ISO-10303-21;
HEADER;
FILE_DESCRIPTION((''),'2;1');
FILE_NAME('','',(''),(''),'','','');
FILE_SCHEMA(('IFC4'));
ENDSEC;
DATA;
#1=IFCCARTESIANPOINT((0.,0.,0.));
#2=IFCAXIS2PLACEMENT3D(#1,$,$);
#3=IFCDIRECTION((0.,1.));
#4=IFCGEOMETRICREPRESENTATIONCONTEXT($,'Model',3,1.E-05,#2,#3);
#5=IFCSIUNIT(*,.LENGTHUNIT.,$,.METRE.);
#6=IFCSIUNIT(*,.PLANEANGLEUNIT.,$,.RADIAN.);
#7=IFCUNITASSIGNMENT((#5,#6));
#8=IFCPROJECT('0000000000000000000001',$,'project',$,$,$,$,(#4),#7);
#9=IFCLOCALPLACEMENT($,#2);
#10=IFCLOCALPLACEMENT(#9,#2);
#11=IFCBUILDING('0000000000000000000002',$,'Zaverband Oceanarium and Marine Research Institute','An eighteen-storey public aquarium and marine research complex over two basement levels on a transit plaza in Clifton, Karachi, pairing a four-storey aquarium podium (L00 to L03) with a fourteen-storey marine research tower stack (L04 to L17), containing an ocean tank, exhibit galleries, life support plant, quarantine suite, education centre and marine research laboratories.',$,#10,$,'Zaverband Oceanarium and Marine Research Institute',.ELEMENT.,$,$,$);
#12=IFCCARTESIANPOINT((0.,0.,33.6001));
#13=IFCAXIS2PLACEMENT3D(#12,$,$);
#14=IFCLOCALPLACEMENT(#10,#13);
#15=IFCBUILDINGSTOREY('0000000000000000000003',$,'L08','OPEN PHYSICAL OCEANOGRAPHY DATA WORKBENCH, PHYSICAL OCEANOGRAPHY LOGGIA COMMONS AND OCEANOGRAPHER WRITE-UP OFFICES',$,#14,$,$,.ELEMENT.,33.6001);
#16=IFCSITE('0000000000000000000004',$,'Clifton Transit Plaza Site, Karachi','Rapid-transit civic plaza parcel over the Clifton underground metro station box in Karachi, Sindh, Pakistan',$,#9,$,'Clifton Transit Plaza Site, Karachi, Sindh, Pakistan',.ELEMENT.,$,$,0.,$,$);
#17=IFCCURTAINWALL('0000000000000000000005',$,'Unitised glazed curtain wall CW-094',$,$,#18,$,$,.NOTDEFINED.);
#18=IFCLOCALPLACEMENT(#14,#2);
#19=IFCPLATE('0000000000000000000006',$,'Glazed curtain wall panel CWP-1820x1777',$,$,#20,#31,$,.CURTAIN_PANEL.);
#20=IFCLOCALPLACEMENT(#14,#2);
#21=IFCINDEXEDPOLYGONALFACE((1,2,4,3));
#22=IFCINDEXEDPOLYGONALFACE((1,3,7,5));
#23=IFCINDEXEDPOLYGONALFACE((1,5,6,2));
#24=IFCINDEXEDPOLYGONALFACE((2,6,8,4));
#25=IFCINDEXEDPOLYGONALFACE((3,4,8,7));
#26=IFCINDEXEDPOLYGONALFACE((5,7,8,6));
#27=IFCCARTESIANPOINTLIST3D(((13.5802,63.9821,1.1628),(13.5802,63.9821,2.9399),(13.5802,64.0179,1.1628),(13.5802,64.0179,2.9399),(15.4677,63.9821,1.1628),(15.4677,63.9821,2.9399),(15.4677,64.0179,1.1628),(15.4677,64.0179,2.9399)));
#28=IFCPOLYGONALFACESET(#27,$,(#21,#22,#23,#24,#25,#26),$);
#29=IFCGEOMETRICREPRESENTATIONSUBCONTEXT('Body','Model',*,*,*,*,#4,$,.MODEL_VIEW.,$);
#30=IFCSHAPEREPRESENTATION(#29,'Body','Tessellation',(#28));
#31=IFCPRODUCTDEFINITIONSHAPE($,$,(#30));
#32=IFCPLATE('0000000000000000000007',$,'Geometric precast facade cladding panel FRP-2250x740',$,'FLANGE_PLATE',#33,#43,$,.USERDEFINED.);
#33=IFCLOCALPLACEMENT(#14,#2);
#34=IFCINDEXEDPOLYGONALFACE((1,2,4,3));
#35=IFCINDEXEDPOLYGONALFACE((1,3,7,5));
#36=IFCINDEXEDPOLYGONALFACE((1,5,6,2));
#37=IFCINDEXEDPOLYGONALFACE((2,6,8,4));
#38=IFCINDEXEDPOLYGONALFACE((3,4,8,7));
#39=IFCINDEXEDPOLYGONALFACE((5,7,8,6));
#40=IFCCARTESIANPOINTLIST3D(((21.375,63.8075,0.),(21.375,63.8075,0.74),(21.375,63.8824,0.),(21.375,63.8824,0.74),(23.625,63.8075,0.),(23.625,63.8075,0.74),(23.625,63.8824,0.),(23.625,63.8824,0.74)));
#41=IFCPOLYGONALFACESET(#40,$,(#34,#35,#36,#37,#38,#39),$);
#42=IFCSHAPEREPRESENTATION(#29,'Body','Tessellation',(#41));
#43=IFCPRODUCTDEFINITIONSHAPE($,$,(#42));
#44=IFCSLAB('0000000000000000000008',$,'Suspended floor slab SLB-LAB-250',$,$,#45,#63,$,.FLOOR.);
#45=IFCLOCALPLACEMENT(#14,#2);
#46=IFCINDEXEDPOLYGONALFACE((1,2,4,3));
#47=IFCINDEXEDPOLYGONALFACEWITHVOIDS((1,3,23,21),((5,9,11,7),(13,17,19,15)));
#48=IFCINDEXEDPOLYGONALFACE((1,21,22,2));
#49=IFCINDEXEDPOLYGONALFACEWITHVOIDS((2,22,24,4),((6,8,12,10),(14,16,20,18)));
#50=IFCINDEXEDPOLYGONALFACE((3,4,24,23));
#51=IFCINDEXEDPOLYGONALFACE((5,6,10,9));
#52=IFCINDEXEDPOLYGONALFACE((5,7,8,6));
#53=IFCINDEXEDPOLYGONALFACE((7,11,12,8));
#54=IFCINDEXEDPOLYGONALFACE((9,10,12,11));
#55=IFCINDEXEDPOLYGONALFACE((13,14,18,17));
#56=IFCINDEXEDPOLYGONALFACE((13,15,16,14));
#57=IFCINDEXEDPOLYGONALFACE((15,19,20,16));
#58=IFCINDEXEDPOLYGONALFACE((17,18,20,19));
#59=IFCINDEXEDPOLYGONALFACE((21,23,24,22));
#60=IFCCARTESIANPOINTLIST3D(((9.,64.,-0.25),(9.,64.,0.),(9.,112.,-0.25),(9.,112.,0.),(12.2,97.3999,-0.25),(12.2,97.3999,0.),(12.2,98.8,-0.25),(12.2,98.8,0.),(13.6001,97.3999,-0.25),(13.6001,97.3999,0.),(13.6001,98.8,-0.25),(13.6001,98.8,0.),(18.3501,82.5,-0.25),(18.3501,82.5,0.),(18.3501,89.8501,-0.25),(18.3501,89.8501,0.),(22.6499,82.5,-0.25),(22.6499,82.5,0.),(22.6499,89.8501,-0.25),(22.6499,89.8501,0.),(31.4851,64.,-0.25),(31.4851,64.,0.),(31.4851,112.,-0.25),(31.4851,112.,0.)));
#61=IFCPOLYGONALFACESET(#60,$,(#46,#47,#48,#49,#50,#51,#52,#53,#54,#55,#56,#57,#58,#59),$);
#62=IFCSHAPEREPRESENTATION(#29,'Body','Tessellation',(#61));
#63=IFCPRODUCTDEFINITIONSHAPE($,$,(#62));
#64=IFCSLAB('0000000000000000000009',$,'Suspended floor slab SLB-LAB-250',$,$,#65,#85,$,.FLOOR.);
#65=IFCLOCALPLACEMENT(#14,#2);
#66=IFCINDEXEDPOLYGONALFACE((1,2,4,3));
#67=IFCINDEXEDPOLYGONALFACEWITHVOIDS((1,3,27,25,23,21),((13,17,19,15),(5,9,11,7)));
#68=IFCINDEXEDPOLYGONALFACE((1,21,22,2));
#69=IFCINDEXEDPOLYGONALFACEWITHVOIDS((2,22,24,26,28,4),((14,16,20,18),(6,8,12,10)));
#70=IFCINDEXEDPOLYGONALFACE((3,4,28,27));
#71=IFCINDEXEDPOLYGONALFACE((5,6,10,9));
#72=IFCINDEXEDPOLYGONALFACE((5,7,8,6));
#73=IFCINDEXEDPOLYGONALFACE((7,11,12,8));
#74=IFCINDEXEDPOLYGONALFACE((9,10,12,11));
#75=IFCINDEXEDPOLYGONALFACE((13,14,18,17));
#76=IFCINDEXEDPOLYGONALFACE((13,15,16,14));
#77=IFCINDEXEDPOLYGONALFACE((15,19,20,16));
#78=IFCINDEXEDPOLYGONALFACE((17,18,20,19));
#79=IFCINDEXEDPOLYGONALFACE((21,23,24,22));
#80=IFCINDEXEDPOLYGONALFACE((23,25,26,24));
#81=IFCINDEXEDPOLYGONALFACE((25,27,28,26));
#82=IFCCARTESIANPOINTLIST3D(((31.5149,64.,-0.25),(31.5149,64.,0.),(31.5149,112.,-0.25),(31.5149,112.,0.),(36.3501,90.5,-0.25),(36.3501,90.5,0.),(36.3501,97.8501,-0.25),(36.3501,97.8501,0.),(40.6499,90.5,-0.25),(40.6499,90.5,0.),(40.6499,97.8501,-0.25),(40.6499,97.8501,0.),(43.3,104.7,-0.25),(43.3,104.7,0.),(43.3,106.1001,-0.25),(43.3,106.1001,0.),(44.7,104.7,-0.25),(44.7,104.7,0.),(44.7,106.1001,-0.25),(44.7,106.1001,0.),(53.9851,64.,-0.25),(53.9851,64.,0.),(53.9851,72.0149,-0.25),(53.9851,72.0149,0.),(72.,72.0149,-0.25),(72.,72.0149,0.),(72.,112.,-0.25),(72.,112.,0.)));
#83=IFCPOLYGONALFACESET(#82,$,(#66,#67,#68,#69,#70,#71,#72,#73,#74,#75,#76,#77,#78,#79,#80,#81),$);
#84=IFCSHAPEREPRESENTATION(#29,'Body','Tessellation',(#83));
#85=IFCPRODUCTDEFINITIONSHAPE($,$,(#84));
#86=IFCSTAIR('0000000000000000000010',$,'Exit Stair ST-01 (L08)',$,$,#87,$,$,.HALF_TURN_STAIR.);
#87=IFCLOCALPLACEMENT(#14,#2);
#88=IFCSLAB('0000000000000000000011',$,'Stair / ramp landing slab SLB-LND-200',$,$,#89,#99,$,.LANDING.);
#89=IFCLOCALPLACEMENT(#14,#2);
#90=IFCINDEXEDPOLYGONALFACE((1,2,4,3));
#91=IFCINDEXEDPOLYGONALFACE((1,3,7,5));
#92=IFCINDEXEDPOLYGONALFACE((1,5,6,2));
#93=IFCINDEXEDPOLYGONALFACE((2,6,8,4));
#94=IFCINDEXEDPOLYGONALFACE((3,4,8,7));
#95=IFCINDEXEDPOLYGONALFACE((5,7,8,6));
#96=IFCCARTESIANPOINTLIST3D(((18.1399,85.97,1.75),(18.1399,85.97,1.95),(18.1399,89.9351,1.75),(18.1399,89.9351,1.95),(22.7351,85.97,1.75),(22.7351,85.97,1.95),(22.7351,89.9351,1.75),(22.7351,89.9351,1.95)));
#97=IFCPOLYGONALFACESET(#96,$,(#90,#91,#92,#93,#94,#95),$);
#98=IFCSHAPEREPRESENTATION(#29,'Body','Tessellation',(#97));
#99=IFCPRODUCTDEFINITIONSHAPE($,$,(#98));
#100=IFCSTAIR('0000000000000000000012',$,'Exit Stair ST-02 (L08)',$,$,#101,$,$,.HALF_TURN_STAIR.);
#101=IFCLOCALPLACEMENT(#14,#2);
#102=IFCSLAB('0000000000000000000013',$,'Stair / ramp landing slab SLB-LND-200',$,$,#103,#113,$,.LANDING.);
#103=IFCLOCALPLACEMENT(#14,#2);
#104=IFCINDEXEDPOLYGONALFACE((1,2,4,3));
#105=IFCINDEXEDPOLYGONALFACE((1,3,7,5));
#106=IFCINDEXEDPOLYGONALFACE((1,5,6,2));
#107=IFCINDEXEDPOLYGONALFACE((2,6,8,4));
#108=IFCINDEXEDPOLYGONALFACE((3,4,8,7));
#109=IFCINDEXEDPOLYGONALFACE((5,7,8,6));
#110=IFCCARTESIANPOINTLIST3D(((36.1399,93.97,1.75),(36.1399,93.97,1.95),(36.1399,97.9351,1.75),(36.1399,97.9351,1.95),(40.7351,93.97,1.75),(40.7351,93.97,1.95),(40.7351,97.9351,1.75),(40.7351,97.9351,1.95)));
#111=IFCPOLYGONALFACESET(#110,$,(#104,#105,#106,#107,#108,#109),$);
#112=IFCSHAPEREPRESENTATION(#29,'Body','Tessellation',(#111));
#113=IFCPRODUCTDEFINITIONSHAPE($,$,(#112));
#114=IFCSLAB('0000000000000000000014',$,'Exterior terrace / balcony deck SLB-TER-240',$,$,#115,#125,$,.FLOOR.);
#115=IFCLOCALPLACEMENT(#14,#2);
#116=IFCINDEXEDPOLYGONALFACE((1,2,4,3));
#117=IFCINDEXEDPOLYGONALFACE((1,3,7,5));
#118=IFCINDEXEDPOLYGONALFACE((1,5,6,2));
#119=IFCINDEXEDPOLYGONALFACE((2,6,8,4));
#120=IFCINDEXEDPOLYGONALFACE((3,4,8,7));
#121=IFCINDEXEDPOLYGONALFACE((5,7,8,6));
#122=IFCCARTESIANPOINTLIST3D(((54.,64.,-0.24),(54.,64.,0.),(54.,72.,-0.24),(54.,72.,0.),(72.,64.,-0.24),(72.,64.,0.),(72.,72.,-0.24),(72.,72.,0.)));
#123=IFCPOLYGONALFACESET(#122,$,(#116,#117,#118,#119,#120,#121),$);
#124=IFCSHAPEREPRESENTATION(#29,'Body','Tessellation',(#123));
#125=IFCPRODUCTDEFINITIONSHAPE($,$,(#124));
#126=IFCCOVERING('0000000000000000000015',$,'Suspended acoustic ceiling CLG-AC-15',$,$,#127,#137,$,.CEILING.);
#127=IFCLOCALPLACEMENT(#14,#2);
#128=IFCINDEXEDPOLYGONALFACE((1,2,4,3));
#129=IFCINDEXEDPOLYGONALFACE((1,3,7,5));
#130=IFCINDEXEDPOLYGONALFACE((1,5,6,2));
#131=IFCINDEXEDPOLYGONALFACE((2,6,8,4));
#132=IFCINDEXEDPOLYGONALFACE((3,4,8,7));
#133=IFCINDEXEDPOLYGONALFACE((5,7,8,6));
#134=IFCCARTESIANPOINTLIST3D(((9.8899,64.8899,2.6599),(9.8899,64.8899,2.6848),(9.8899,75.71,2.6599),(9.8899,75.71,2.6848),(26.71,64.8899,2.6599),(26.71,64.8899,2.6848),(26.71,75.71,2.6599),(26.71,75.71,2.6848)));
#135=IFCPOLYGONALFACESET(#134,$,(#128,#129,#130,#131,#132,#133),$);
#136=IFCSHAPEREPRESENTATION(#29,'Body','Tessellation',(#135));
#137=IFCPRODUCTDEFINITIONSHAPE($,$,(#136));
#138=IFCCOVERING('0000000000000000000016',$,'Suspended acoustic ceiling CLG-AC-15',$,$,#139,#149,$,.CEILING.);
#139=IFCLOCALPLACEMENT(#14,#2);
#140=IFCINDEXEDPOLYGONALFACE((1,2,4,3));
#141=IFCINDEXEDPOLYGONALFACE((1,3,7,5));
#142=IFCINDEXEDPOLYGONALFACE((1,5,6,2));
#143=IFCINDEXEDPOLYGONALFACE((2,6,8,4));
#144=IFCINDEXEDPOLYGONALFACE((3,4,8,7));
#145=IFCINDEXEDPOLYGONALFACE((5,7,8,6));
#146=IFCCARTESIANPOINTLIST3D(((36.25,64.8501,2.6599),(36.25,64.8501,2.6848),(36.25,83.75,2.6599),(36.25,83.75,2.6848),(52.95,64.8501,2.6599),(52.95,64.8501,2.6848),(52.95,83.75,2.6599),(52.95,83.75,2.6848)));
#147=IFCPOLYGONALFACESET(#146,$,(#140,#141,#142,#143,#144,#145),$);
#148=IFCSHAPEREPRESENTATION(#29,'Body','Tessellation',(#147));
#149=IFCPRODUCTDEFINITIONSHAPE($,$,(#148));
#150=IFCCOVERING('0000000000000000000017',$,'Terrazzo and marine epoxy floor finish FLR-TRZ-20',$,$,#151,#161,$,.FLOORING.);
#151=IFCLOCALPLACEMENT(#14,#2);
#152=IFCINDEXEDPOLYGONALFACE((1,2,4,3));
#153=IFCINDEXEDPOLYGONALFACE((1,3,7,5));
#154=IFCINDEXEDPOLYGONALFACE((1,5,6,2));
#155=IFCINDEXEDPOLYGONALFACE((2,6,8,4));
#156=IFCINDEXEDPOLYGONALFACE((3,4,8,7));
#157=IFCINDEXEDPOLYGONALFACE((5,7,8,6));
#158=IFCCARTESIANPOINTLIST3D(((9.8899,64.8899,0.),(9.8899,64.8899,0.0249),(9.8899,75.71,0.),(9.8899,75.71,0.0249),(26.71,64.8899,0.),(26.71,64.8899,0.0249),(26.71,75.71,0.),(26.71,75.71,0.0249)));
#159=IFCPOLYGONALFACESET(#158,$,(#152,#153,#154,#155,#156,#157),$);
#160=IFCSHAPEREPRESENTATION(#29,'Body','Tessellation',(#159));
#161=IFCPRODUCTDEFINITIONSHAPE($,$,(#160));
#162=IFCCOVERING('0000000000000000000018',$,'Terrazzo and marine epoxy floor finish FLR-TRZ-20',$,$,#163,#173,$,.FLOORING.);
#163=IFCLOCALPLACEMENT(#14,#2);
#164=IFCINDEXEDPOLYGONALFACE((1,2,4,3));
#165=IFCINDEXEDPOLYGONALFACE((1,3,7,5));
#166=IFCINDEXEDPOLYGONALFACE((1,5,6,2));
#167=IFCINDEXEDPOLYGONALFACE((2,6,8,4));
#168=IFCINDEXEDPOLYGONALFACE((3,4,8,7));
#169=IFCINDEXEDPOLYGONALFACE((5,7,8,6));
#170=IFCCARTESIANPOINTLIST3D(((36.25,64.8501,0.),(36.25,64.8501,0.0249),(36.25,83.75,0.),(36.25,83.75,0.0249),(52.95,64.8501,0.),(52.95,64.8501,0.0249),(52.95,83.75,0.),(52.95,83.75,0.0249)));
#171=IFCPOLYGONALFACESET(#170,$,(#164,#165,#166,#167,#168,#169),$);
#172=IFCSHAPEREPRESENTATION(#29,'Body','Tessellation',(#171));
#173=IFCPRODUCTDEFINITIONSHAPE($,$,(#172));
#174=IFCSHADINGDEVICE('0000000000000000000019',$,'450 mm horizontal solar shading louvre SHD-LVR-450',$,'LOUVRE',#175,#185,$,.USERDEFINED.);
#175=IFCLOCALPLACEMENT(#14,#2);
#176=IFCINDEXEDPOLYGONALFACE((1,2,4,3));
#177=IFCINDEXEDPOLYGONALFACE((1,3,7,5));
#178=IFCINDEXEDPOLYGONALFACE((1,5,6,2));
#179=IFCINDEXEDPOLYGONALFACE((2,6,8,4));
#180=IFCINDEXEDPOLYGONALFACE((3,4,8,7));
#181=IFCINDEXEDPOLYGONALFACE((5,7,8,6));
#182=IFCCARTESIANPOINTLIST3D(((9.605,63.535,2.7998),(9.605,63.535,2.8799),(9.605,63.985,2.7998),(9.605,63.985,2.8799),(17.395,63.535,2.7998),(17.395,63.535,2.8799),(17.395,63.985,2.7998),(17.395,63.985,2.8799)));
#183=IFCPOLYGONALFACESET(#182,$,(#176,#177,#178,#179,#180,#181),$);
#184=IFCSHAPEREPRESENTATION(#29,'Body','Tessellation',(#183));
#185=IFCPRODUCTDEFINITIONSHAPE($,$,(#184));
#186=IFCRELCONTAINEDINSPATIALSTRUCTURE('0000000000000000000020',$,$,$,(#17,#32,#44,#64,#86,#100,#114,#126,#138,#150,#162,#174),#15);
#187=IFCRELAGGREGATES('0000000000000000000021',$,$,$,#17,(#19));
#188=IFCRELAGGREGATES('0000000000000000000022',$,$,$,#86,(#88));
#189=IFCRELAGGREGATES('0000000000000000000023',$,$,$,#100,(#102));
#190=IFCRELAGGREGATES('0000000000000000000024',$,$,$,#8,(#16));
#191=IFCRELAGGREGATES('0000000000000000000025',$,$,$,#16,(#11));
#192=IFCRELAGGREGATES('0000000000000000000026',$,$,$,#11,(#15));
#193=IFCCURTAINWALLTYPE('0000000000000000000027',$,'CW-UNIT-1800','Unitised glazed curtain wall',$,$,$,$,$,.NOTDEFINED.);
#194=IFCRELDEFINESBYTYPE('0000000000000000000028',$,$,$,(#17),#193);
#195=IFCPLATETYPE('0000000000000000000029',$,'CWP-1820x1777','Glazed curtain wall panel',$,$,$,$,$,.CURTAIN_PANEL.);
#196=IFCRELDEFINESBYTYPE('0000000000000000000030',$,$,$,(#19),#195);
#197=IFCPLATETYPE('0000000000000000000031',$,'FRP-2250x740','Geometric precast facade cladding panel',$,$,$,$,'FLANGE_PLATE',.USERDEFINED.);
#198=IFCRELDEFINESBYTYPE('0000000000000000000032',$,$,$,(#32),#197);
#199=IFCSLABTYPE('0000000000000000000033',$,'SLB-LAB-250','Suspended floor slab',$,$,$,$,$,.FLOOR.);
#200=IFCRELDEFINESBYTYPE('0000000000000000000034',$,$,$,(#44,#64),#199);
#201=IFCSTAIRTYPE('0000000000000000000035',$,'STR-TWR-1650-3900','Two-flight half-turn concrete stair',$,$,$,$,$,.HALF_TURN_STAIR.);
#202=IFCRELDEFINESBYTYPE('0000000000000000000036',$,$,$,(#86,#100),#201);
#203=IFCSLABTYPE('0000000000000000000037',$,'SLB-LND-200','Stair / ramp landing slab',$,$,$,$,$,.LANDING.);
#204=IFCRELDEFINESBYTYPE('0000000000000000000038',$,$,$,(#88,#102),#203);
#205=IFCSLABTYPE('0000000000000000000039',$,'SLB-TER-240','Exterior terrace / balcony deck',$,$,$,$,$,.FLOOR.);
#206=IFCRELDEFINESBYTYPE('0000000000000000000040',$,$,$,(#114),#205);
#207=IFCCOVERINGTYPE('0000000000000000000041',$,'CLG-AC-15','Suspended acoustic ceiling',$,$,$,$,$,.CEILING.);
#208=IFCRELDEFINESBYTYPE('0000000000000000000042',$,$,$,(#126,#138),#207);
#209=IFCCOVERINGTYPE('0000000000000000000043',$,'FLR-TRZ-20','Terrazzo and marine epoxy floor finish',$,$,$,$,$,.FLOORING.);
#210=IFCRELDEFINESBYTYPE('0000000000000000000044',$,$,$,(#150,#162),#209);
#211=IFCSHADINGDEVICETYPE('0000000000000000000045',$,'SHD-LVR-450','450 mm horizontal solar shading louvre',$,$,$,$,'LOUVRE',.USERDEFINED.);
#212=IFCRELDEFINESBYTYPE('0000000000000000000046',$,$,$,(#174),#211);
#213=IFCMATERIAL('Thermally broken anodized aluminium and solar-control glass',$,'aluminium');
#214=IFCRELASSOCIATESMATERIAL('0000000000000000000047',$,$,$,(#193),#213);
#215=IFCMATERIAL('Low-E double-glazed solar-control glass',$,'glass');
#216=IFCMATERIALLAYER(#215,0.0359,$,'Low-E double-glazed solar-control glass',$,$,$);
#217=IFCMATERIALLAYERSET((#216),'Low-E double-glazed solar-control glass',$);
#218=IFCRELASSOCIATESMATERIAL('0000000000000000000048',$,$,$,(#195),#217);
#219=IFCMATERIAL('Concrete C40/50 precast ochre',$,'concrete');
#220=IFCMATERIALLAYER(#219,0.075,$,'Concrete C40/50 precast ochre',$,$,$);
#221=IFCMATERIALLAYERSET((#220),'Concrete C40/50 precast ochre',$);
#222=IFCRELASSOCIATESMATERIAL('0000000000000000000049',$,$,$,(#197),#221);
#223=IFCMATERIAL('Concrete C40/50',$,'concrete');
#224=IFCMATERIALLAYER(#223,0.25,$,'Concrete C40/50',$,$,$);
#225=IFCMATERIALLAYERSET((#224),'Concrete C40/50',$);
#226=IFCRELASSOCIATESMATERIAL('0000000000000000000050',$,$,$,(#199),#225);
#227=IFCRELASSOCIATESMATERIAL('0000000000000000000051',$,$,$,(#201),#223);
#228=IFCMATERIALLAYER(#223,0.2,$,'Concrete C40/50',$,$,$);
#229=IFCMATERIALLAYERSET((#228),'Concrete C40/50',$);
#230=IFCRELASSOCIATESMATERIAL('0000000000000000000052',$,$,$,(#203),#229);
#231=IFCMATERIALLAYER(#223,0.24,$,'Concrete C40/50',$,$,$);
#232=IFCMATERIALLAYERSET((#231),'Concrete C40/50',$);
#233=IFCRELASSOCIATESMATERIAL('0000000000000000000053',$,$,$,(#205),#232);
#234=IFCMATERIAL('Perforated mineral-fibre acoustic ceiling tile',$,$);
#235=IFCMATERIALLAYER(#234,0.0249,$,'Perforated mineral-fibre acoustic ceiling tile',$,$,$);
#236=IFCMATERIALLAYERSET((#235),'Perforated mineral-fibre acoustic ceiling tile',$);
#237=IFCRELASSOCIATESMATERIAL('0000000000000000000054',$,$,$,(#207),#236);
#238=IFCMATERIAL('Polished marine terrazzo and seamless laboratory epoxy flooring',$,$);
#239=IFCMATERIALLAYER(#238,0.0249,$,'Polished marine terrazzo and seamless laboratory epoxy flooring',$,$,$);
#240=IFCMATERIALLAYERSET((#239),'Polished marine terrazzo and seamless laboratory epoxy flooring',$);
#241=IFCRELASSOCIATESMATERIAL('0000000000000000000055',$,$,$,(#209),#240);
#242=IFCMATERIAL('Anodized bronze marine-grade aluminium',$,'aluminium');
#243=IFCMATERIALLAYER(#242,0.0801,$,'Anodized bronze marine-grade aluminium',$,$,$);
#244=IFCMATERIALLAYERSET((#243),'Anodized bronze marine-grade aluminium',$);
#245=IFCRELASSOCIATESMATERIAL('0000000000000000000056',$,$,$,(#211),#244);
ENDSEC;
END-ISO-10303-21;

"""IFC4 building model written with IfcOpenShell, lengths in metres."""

from ifc_helpers import new_model, si_unit, direction, frame, frame_2d, origin, place, context, subcontext, project, spatial, polyline, rectangle, outline, extrude, material, layer, layer_set, type_object, element, aggregate, save


model = new_model("IFC4")

# Units and contexts
model_context = context("Model", 3, precision=1e-05, world=origin(), true_north=direction((0.0, 1.0)))
body_context = subcontext(model_context, "Body", "Model", "MODEL_VIEW")
ifc_project = project(units=[si_unit("LENGTHUNIT", "METRE"), si_unit("PLANEANGLEUNIT", "RADIAN")], contexts=[model_context])

# Site, building, storey
site_placement = place(None, origin())
site = spatial("IfcSite", under=ifc_project, at=site_placement, Name="Clifton Transit Plaza Site, Karachi", Description="Rapid-transit civic plaza parcel over the Clifton underground metro station box in Karachi, Sindh, Pakistan", LongName="Clifton Transit Plaza Site, Karachi, Sindh, Pakistan", CompositionType="ELEMENT", RefElevation=0.0)
building_placement = place(site_placement, origin())
building = spatial("IfcBuilding", under=site, at=building_placement, Name="Zaverband Oceanarium and Marine Research Institute", Description="An eighteen-storey public aquarium and marine research complex over two basement levels on a transit plaza in Clifton, Karachi, pairing a four-storey aquarium podium (L00 to L03) with a fourteen-storey marine research tower stack (L04 to L17), containing an ocean tank, exhibit galleries, life support plant, quarantine suite, education centre and marine research laboratories.", LongName="Zaverband Oceanarium and Marine Research Institute", CompositionType="ELEMENT")
storey_placement = place(building_placement, frame((0.0, 0.0, 33.6001)))
storey = spatial("IfcBuildingStorey", under=building, at=storey_placement, Name="L08", Description="OPEN PHYSICAL OCEANOGRAPHY DATA WORKBENCH, PHYSICAL OCEANOGRAPHY LOGGIA COMMONS AND OCEANOGRAPHER WRITE-UP OFFICES", CompositionType="ELEMENT", Elevation=33.6001)

# Curtain wall
ifc_material_1 = material(Name="Thermally broken anodized aluminium and solar-control glass", Category="aluminium")
curtain_wall_type = type_object("IfcCurtainWallType", Name="CW-UNIT-1800", Description="Unitised glazed curtain wall", PredefinedType="NOTDEFINED", material=ifc_material_1)
curtain_wall_placement = place(storey_placement, origin())
curtain_wall = element("IfcCurtainWall", 1, at=curtain_wall_placement, inside=storey, type_object=curtain_wall_type, Name="Unitised glazed curtain wall CW-094", PredefinedType="NOTDEFINED")

# Shared definitions
ifc_material_2 = material(Name="Concrete C40/50", Category="concrete")

# Plates
ifc_material_3 = material(Name="Low-E double-glazed solar-control glass", Category="glass")
ifc_layer_1 = layer(ifc_material_3, 0.0359, Name="Low-E double-glazed solar-control glass")
ifc_layer_set_1 = layer_set([ifc_layer_1], Name="Low-E double-glazed solar-control glass")
plate_type_1 = type_object("IfcPlateType", Name="CWP-1820x1777", Description="Glazed curtain wall panel", PredefinedType="CURTAIN_PANEL", material=ifc_layer_set_1)
plate_1_placement = place(storey_placement, frame((13.5801, 64.0, 1.1628), z_axis=(0.0, 0.0, 1.0), x_axis=(1.0, 0.0, 0.0)))
plate_1 = element("IfcPlate", 2, at=plate_1_placement, type_object=plate_type_1, Name="Glazed curtain wall panel CWP-1820x1777", PredefinedType="CURTAIN_PANEL", context=body_context, shape_type="SweptSolid", body=[
    extrude(rectangle(XDim=1.8875, YDim=0.0359, at=frame_2d((0.9438, 0.0))), origin(), (0.0, 0.0, 1.0), 1.7771),
])
aggregate(curtain_wall, [plate_1])
ifc_material_4 = material(Name="Concrete C40/50 precast ochre", Category="concrete")
ifc_layer_2 = layer(ifc_material_4, 0.075, Name="Concrete C40/50 precast ochre")
ifc_layer_set_2 = layer_set([ifc_layer_2], Name="Concrete C40/50 precast ochre")
plate_type_2 = type_object("IfcPlateType", Name="FRP-2250x740", Description="Geometric precast facade cladding panel", ElementType="FLANGE_PLATE", PredefinedType="USERDEFINED", material=ifc_layer_set_2)
plate_2_placement = place(storey_placement, frame((21.375, 63.845, 0.0), z_axis=(0.0, 0.0, 1.0), x_axis=(1.0, 0.0, 0.0)))
element("IfcPlate", 3, at=plate_2_placement, inside=storey, type_object=plate_type_2, Name="Geometric precast facade cladding panel FRP-2250x740", ObjectType="FLANGE_PLATE", PredefinedType="USERDEFINED", context=body_context, shape_type="SweptSolid", body=[
    extrude(rectangle(XDim=2.25, YDim=0.075, at=frame_2d((1.125, 0.0))), origin(), (0.0, 0.0, 1.0), 0.74),
])

# Slabs
ifc_layer_3 = layer(ifc_material_2, 0.25, Name="Concrete C40/50")
ifc_layer_set_3 = layer_set([ifc_layer_3], Name="Concrete C40/50")
slab_type_1 = type_object("IfcSlabType", Name="SLB-LAB-250", Description="Suspended floor slab", PredefinedType="FLOOR", material=ifc_layer_set_3)
slab_1_placement = place(storey_placement, frame((0.0, 0.0, -0.25)))
element("IfcSlab", 4, at=slab_1_placement, inside=storey, type_object=slab_type_1, Name="Suspended floor slab SLB-LAB-250", PredefinedType="FLOOR", context=body_context, shape_type="SweptSolid", body=[
    extrude(outline(polyline([(9.0, 112.0), (31.4851, 112.0), (31.4851, 64.0), (9.0, 64.0), (9.0, 112.0)]), holes=[polyline([(18.3501, 89.8501), (18.3501, 82.5), (22.6499, 82.5), (22.6499, 89.8501), (18.3501, 89.8501)]), polyline([(13.6001, 98.8), (12.2, 98.8), (12.2, 97.3999), (13.6001, 97.3999), (13.6001, 98.8)])]), origin(), (0.0, 0.0, 1.0), 0.25),
])
slab_2_placement = place(storey_placement, frame((0.0, 0.0, -0.25)))
element("IfcSlab", 5, at=slab_2_placement, inside=storey, type_object=slab_type_1, Name="Suspended floor slab SLB-LAB-250", PredefinedType="FLOOR", context=body_context, shape_type="SweptSolid", body=[
    extrude(outline(polyline([(31.5149, 64.0), (31.5149, 112.0), (72.0, 112.0), (72.0, 72.0149), (53.9851, 72.0149), (53.9851, 64.0), (31.5149, 64.0)]), holes=[polyline([(36.3501, 97.8501), (36.3501, 90.5), (40.6499, 90.5), (40.6499, 97.8501), (36.3501, 97.8501)]), polyline([(44.7, 106.1001), (43.3, 106.1001), (43.3, 104.7), (44.7, 104.7), (44.7, 106.1001)])]), origin(), (0.0, 0.0, 1.0), 0.25),
])

# Stairs, slabs
stair_type = type_object("IfcStairType", Name="STR-TWR-1650-3900", Description="Two-flight half-turn concrete stair", PredefinedType="HALF_TURN_STAIR", material=ifc_material_2)
stair_1_placement = place(storey_placement, origin())
stair_1 = element("IfcStair", 6, at=stair_1_placement, inside=storey, type_object=stair_type, Name="Exit Stair ST-01 (L08)", PredefinedType="HALF_TURN_STAIR")
ifc_layer_4 = layer(ifc_material_2, 0.2, Name="Concrete C40/50")
ifc_layer_set_4 = layer_set([ifc_layer_4], Name="Concrete C40/50")
slab_type_2 = type_object("IfcSlabType", Name="SLB-LND-200", Description="Stair / ramp landing slab", PredefinedType="LANDING", material=ifc_layer_set_4)
slab_3_placement = place(storey_placement, frame((0.0, 0.0, 1.75)))
slab_3 = element("IfcSlab", 7, at=slab_3_placement, type_object=slab_type_2, Name="Stair / ramp landing slab SLB-LND-200", PredefinedType="LANDING", context=body_context, shape_type="SweptSolid", body=[
    extrude(outline(polyline([(18.1399, 85.97), (22.7351, 85.97), (22.7351, 89.9351), (18.1399, 89.9351), (18.1399, 85.97)])), origin(), (0.0, 0.0, 1.0), 0.2),
])
aggregate(stair_1, [slab_3])
stair_2_placement = place(storey_placement, origin())
stair_2 = element("IfcStair", 8, at=stair_2_placement, inside=storey, type_object=stair_type, Name="Exit Stair ST-02 (L08)", PredefinedType="HALF_TURN_STAIR")
slab_4_placement = place(storey_placement, frame((0.0, 0.0, 1.75)))
slab_4 = element("IfcSlab", 9, at=slab_4_placement, type_object=slab_type_2, Name="Stair / ramp landing slab SLB-LND-200", PredefinedType="LANDING", context=body_context, shape_type="SweptSolid", body=[
    extrude(outline(polyline([(36.1399, 93.97), (40.7351, 93.97), (40.7351, 97.9351), (36.1399, 97.9351), (36.1399, 93.97)])), origin(), (0.0, 0.0, 1.0), 0.2),
])
aggregate(stair_2, [slab_4])

# Slab
ifc_layer_5 = layer(ifc_material_2, 0.24, Name="Concrete C40/50")
ifc_layer_set_5 = layer_set([ifc_layer_5], Name="Concrete C40/50")
slab_type_3 = type_object("IfcSlabType", Name="SLB-TER-240", Description="Exterior terrace / balcony deck", PredefinedType="FLOOR", material=ifc_layer_set_5)
slab_5_placement = place(storey_placement, frame((0.0, 0.0, -0.24)))
element("IfcSlab", 10, at=slab_5_placement, inside=storey, type_object=slab_type_3, Name="Exterior terrace / balcony deck SLB-TER-240", PredefinedType="FLOOR", context=body_context, shape_type="SweptSolid", body=[
    extrude(outline(polyline([(54.0, 64.0), (72.0, 64.0), (72.0, 72.0), (54.0, 72.0), (54.0, 64.0)])), origin(), (0.0, 0.0, 1.0), 0.24),
])

# Coverings
ifc_material_5 = material(Name="Perforated mineral-fibre acoustic ceiling tile")
ifc_layer_6 = layer(ifc_material_5, 0.0249, Name="Perforated mineral-fibre acoustic ceiling tile")
ifc_layer_set_6 = layer_set([ifc_layer_6], Name="Perforated mineral-fibre acoustic ceiling tile")
covering_type_1 = type_object("IfcCoveringType", Name="CLG-AC-15", Description="Suspended acoustic ceiling", PredefinedType="CEILING", material=ifc_layer_set_6)
covering_1_placement = place(storey_placement, frame((0.0, 0.0, 2.6599)))
element("IfcCovering", 11, at=covering_1_placement, inside=storey, type_object=covering_type_1, Name="Suspended acoustic ceiling CLG-AC-15", PredefinedType="CEILING", context=body_context, shape_type="SweptSolid", body=[
    extrude(outline(polyline([(9.8899, 64.8899), (26.71, 64.8899), (26.71, 75.71), (9.8899, 75.71), (9.8899, 64.8899)])), origin(), (0.0, 0.0, 1.0), 0.0249),
])
covering_2_placement = place(storey_placement, frame((0.0, 0.0, 2.6599)))
element("IfcCovering", 12, at=covering_2_placement, inside=storey, type_object=covering_type_1, Name="Suspended acoustic ceiling CLG-AC-15", PredefinedType="CEILING", context=body_context, shape_type="SweptSolid", body=[
    extrude(outline(polyline([(36.25, 64.8501), (52.95, 64.8501), (52.95, 83.75), (36.25, 83.75), (36.25, 64.8501)])), origin(), (0.0, 0.0, 1.0), 0.0249),
])
ifc_material_6 = material(Name="Polished marine terrazzo and seamless laboratory epoxy flooring")
ifc_layer_7 = layer(ifc_material_6, 0.0249, Name="Polished marine terrazzo and seamless laboratory epoxy flooring")
ifc_layer_set_7 = layer_set([ifc_layer_7], Name="Polished marine terrazzo and seamless laboratory epoxy flooring")
covering_type_2 = type_object("IfcCoveringType", Name="FLR-TRZ-20", Description="Terrazzo and marine epoxy floor finish", PredefinedType="FLOORING", material=ifc_layer_set_7)
covering_3_placement = place(storey_placement, origin())
element("IfcCovering", 13, at=covering_3_placement, inside=storey, type_object=covering_type_2, Name="Terrazzo and marine epoxy floor finish FLR-TRZ-20", PredefinedType="FLOORING", context=body_context, shape_type="SweptSolid", body=[
    extrude(outline(polyline([(9.8899, 64.8899), (26.71, 64.8899), (26.71, 75.71), (9.8899, 75.71), (9.8899, 64.8899)])), origin(), (0.0, 0.0, 1.0), 0.0249),
])
covering_4_placement = place(storey_placement, origin())
element("IfcCovering", 14, at=covering_4_placement, inside=storey, type_object=covering_type_2, Name="Terrazzo and marine epoxy floor finish FLR-TRZ-20", PredefinedType="FLOORING", context=body_context, shape_type="SweptSolid", body=[
    extrude(outline(polyline([(36.25, 64.8501), (52.95, 64.8501), (52.95, 83.75), (36.25, 83.75), (36.25, 64.8501)])), origin(), (0.0, 0.0, 1.0), 0.0249),
])

# Shading device
ifc_material_7 = material(Name="Anodized bronze marine-grade aluminium", Category="aluminium")
ifc_layer_8 = layer(ifc_material_7, 0.0801, Name="Anodized bronze marine-grade aluminium")
ifc_layer_set_8 = layer_set([ifc_layer_8], Name="Anodized bronze marine-grade aluminium")
shading_device_type = type_object("IfcShadingDeviceType", Name="SHD-LVR-450", Description="450 mm horizontal solar shading louvre", ElementType="LOUVRE", PredefinedType="USERDEFINED", material=ifc_layer_set_8)
shading_device_placement = place(storey_placement, frame((9.605, 63.76, 2.7998), z_axis=(0.0, 0.0, 1.0), x_axis=(1.0, 0.0, 0.0)))
element("IfcShadingDevice", 15, at=shading_device_placement, inside=storey, type_object=shading_device_type, Name="450 mm horizontal solar shading louvre SHD-LVR-450", ObjectType="LOUVRE", PredefinedType="USERDEFINED", context=body_context, shape_type="SweptSolid", body=[
    extrude(rectangle(XDim=7.79, YDim=0.45, at=frame_2d((3.895, 0.0))), origin(), (0.0, 0.0, 1.0), 0.0801),
])

save(model, "model.ifc")
